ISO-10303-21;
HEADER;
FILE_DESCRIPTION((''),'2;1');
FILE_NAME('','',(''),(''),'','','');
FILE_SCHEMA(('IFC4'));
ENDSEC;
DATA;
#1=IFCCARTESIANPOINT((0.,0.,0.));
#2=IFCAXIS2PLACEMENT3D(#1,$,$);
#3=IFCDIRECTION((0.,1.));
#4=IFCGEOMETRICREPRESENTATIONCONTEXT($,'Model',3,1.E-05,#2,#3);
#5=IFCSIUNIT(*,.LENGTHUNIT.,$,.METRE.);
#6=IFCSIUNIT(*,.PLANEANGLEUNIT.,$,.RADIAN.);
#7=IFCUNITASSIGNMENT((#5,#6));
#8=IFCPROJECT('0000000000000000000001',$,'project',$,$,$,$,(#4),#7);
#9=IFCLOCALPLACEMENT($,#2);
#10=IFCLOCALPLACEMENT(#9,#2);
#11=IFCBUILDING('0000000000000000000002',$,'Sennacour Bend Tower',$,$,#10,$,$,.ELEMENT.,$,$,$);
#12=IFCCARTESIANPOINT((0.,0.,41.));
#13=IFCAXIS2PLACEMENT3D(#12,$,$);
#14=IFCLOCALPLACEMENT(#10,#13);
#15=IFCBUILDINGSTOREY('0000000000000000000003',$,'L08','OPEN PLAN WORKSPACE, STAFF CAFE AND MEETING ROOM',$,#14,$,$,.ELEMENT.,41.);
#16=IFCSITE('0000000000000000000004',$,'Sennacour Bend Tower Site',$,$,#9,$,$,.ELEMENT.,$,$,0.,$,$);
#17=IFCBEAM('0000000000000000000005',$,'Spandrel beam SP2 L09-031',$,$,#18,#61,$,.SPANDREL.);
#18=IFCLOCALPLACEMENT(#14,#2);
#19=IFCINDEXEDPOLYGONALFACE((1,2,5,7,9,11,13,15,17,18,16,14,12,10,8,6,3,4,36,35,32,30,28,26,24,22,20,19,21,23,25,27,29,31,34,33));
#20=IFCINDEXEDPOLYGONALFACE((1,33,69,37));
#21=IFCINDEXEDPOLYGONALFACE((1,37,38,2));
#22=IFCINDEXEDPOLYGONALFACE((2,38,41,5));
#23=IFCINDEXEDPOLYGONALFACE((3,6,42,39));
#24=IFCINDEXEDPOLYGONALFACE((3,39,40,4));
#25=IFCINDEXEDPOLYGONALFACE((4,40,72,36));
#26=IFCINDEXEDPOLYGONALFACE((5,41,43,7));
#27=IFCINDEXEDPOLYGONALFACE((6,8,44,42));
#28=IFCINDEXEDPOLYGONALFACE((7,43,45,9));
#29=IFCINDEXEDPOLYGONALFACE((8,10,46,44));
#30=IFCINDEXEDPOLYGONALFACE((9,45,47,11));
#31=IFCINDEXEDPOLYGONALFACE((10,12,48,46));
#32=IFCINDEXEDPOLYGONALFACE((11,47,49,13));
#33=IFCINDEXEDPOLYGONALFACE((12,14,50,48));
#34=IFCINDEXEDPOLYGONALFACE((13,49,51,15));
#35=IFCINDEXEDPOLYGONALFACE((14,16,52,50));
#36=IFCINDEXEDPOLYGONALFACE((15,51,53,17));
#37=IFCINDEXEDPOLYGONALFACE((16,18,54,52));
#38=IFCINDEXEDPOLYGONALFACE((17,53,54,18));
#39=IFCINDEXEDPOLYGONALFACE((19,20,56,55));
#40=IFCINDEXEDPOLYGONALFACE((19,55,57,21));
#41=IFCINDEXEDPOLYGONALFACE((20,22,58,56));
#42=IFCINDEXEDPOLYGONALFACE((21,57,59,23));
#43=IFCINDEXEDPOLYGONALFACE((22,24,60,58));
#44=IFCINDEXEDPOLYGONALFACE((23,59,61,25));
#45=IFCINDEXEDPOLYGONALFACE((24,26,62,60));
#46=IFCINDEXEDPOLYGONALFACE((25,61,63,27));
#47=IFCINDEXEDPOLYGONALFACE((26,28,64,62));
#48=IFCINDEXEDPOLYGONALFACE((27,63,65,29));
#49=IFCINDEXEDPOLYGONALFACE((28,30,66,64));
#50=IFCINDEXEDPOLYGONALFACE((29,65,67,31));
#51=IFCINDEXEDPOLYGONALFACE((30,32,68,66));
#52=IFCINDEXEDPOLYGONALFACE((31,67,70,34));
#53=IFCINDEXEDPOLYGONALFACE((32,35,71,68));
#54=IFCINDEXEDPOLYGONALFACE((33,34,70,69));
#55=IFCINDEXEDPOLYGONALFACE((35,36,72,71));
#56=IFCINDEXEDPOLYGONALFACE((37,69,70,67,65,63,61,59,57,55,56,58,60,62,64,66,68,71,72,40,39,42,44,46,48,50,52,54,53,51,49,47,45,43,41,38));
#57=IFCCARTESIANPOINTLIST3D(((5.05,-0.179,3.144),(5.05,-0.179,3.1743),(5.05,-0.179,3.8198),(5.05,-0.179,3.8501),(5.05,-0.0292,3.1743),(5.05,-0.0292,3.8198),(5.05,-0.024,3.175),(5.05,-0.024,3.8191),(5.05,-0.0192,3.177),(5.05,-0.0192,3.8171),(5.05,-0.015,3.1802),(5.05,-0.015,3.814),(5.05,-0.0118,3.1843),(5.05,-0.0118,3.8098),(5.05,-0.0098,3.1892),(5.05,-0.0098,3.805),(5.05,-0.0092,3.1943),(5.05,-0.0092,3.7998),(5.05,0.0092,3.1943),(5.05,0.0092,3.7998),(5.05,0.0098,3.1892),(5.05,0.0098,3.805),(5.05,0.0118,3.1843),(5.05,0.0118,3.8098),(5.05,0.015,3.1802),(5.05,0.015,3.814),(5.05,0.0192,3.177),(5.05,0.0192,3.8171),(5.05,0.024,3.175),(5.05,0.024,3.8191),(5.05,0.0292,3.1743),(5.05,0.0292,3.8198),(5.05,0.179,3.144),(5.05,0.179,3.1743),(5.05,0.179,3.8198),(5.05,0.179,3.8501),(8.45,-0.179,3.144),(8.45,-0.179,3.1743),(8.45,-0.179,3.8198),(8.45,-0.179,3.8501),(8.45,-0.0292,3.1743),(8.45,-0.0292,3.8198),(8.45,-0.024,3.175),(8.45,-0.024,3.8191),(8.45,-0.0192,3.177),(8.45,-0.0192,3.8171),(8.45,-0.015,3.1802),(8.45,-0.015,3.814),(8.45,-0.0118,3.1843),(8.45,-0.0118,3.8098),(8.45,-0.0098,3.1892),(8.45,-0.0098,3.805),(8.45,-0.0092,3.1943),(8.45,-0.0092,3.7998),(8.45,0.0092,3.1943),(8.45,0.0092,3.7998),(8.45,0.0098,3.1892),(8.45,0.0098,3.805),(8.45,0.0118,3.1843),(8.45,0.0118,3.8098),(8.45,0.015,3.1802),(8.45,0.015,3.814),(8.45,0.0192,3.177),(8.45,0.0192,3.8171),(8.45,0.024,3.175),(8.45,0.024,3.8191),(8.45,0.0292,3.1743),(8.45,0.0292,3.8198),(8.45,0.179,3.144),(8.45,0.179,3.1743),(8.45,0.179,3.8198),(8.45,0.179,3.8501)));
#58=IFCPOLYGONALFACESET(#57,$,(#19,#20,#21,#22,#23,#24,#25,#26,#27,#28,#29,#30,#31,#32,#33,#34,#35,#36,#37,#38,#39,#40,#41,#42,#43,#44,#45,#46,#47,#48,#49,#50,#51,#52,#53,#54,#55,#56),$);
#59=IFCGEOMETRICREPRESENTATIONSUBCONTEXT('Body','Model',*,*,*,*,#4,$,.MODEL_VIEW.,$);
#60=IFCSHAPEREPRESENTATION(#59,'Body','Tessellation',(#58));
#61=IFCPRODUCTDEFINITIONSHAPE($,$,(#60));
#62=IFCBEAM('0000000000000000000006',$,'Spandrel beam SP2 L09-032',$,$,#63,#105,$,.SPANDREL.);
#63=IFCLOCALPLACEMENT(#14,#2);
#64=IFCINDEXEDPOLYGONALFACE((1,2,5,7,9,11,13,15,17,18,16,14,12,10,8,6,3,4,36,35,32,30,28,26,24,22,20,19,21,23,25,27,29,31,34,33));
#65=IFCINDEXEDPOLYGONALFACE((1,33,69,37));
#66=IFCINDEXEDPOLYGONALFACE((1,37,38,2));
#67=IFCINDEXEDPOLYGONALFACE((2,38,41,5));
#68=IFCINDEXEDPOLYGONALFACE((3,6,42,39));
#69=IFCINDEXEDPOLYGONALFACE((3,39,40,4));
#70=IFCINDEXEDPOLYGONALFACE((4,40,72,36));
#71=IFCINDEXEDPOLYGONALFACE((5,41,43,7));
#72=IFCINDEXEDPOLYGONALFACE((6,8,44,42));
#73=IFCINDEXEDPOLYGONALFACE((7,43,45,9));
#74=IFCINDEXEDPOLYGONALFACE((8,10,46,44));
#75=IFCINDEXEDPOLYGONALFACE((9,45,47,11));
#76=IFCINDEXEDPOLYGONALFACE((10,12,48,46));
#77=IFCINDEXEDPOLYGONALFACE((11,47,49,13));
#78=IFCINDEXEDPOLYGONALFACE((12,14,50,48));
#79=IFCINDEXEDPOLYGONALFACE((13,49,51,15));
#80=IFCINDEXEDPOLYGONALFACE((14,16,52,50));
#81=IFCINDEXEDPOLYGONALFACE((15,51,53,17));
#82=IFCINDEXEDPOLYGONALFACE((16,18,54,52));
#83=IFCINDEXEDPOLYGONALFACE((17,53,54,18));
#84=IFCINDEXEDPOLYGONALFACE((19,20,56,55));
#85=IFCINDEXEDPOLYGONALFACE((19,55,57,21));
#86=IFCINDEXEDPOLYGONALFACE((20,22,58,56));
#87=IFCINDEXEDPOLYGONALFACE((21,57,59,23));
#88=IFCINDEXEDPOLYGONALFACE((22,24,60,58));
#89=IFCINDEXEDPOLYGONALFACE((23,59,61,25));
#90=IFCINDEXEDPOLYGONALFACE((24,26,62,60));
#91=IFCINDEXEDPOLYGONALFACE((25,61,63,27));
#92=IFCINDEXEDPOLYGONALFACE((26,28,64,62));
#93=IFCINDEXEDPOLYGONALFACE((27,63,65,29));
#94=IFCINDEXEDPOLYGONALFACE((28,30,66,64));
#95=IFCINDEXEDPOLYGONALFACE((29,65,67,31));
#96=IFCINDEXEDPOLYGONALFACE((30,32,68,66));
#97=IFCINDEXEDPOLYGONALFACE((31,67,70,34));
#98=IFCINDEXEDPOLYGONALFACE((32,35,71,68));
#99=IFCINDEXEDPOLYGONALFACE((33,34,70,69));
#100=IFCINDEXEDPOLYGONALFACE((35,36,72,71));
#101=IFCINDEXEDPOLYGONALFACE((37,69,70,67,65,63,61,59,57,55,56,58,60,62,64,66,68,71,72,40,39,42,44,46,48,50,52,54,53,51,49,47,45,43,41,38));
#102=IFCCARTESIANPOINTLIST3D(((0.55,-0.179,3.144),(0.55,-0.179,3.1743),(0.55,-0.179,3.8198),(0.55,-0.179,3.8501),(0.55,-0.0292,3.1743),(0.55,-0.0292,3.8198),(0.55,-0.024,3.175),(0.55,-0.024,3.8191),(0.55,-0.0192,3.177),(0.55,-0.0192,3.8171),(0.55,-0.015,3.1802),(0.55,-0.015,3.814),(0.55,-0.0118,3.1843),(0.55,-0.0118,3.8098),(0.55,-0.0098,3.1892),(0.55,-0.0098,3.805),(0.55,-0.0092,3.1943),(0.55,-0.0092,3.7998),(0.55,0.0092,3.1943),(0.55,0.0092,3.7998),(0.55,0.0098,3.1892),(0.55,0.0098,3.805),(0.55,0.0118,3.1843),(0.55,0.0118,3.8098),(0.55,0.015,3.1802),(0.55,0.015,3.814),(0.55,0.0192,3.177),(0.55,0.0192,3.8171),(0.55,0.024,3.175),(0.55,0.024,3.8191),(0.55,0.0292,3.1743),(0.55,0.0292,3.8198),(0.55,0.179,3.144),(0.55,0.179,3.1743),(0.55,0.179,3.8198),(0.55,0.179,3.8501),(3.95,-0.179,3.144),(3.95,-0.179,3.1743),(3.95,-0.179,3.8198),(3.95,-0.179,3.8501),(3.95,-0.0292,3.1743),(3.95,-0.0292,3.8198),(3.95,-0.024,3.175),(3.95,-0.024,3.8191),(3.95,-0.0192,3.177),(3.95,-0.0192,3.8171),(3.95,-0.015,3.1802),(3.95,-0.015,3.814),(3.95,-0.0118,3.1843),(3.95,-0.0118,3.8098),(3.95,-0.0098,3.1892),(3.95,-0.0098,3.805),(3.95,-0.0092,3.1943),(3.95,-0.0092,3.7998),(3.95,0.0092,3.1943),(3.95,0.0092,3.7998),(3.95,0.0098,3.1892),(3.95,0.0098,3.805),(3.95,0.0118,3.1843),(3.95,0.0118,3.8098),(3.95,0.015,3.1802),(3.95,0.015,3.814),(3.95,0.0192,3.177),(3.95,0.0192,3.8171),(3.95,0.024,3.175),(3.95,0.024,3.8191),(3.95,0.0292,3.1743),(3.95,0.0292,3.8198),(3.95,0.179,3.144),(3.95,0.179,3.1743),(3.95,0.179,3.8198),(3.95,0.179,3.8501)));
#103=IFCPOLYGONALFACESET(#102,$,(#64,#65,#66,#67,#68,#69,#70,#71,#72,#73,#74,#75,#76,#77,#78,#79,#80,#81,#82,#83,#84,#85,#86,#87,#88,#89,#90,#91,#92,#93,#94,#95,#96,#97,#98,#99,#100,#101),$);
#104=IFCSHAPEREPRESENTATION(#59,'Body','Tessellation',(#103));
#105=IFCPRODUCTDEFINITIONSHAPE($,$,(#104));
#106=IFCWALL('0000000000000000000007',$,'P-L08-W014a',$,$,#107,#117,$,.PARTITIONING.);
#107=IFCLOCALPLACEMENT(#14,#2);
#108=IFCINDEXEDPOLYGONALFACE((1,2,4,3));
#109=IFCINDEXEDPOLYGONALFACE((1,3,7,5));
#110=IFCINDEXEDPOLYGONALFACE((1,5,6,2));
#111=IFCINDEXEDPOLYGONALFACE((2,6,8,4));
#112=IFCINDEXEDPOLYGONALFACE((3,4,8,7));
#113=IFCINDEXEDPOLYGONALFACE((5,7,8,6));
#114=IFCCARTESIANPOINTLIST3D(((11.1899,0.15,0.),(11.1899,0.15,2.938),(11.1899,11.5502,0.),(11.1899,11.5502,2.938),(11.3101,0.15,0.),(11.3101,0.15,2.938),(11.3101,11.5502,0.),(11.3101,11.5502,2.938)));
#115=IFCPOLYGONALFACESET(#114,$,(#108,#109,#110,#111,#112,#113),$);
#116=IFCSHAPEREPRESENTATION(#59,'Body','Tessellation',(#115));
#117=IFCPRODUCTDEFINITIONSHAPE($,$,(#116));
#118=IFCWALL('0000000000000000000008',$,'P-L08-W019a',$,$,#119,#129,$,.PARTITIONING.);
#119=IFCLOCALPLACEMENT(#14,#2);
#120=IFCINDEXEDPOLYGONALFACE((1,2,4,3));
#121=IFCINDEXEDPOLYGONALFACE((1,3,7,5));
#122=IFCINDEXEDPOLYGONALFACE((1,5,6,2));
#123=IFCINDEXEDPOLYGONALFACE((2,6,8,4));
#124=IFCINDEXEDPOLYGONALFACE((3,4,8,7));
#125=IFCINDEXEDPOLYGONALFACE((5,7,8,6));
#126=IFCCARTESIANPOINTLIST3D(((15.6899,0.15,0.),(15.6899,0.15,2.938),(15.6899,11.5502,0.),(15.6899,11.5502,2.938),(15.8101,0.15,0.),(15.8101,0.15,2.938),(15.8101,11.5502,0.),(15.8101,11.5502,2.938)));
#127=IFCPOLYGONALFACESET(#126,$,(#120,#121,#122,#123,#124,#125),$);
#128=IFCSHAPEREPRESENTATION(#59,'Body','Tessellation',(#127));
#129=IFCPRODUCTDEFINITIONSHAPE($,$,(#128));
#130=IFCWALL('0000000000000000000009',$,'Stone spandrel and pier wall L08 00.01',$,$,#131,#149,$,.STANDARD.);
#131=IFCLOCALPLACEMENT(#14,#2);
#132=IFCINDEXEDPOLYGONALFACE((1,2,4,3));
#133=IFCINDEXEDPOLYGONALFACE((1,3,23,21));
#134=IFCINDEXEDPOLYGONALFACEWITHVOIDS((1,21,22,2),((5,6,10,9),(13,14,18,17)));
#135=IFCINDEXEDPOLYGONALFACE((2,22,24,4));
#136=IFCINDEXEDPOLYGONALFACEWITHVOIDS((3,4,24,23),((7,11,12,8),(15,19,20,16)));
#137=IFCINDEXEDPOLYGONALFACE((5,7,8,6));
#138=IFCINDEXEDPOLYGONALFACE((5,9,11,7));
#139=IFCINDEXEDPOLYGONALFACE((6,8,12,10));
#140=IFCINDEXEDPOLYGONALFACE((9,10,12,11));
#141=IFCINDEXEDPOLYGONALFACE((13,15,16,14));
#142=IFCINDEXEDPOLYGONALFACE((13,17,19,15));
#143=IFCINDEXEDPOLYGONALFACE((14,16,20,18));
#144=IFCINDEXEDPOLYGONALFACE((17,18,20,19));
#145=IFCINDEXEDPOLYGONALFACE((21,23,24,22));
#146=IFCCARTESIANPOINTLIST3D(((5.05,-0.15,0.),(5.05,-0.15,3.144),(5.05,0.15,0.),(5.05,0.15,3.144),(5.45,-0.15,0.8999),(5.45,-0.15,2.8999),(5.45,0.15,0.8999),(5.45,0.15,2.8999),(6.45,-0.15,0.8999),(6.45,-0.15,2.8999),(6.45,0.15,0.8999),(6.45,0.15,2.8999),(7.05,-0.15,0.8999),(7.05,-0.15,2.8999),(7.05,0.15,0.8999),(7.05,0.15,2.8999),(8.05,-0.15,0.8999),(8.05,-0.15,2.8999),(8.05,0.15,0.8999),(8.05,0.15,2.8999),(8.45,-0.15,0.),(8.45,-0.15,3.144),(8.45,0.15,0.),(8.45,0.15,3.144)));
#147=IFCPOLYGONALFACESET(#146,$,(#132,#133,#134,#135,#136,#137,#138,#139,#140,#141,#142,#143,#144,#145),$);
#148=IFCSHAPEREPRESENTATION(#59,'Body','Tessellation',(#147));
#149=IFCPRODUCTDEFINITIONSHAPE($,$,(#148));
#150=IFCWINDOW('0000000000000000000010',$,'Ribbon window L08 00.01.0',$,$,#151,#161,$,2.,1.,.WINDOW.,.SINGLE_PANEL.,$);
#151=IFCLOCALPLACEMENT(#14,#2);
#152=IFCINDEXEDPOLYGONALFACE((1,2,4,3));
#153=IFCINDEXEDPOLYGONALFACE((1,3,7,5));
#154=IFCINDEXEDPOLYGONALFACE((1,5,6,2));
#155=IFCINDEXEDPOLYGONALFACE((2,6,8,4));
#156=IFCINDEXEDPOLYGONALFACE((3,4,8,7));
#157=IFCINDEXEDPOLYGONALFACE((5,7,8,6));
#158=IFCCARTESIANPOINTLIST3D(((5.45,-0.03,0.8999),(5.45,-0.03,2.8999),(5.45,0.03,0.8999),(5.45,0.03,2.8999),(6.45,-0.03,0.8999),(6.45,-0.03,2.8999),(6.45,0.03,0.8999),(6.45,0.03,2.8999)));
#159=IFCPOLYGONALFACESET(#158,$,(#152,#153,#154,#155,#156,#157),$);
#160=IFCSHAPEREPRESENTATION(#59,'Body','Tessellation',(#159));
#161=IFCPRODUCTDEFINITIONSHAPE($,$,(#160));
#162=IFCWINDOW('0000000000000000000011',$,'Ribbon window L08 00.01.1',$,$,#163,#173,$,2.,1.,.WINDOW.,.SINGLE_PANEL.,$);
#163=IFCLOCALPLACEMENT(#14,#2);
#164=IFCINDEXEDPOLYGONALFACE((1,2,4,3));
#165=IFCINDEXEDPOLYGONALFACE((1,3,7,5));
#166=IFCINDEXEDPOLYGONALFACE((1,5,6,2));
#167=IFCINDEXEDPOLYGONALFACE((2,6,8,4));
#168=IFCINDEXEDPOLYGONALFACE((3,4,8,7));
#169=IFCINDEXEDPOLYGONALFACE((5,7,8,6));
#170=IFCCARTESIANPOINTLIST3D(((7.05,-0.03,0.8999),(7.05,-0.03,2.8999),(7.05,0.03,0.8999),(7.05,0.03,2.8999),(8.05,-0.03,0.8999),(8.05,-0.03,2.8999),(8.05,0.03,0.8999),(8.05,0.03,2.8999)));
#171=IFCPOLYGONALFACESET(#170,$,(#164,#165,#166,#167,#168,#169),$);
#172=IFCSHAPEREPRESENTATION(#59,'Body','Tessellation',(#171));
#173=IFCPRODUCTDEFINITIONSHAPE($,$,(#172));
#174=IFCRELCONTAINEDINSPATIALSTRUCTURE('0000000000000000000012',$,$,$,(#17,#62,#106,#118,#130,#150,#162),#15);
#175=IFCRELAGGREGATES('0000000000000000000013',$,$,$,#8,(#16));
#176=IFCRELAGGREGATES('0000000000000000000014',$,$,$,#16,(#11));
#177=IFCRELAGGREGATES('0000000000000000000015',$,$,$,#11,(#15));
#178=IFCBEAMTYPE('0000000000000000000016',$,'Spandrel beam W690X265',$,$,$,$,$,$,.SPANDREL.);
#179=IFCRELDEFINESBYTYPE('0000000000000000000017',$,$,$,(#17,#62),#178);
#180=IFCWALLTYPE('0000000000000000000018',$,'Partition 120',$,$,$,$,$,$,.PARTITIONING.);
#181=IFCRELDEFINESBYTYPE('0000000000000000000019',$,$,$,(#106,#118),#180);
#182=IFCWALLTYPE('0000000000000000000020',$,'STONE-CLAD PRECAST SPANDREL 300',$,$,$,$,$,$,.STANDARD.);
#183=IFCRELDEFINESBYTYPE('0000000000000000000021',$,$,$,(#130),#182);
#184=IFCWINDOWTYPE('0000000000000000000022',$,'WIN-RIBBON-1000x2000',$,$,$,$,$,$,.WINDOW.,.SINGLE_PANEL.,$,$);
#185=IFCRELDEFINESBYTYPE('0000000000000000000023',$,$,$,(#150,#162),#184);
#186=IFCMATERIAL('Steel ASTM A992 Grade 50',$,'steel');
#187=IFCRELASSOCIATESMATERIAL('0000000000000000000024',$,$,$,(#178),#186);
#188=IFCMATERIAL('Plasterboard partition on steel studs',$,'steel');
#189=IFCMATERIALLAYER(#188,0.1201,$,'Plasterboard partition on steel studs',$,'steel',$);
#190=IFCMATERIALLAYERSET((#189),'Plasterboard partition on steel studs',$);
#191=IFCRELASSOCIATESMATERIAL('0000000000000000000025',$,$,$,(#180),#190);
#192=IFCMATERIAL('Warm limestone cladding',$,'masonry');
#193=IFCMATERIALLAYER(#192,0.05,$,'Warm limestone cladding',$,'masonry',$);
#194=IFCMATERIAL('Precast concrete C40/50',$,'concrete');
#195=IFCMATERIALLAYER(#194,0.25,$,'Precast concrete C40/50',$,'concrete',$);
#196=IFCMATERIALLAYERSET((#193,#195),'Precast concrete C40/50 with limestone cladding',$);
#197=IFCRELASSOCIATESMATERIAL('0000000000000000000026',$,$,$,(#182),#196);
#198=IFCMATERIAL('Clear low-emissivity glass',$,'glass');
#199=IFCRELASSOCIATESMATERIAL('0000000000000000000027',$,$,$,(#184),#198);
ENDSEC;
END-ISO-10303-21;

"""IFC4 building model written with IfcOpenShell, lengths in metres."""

from ifc_helpers import new_model, si_unit, direction, frame, frame_2d, origin, origin_2d, place, context, subcontext, project, spatial, rectangle, i_section, extrude, material, layer, layer_set, material_profile, profile_set, type_object, element, fill, save


model = new_model("IFC4")

# Units and contexts
model_context = context("Model", 3, precision=1e-05, world=origin(), true_north=direction((0.0, 1.0)))
body_context = subcontext(model_context, "Body", "Model", "MODEL_VIEW")
ifc_project = project(units=[si_unit("LENGTHUNIT", "METRE"), si_unit("PLANEANGLEUNIT", "RADIAN")], contexts=[model_context])

# Site, building, storey
site_placement = place(None, origin())
site = spatial("IfcSite", under=ifc_project, at=site_placement, Name="Sennacour Bend Tower Site", CompositionType="ELEMENT", RefElevation=0.0)
building_placement = place(site_placement, origin())
building = spatial("IfcBuilding", under=site, at=building_placement, Name="Sennacour Bend Tower", CompositionType="ELEMENT")
storey_placement = place(building_placement, frame((0.0, 0.0, 41.0)))
storey = spatial("IfcBuildingStorey", under=building, at=storey_placement, Name="L08", Description="OPEN PLAN WORKSPACE, STAFF CAFE AND MEETING ROOM", CompositionType="ELEMENT", Elevation=41.0)

# Beams
ifc_material_1 = material(Name="Steel ASTM A992 Grade 50", Category="steel")
ifc_material_profile_1 = material_profile(ifc_material_1, i_section(OverallWidth=0.3579, OverallDepth=0.7061, WebThickness=0.0183, FlangeThickness=0.0303, FilletRadius=0.02, at=origin_2d()), Name="Steel ASTM A992 Grade 50", Category="steel")
ifc_profile_set_1 = profile_set([ifc_material_profile_1], Name="Steel ASTM A992 Grade 50")
beam_type_1 = type_object("IfcBeamType", Name="Spandrel beam W690X265", PredefinedType="SPANDREL", material=ifc_profile_set_1)
for number, where, z_axis, x_axis, name in (
    (1, (8.45, 0.0, 3.4971), (-1.0, 0.0, 0.0), (0.0, -1.0, 0.0), "Spandrel beam SP2 L09-031"),
    (2, (3.95, 0.0, 3.4971), (-1.0, 0.0, 0.0), (0.0, -1.0, 0.0), "Spandrel beam SP2 L09-032"),
):
    element("IfcBeam", number, at=place(storey_placement, frame(where, z_axis=z_axis, x_axis=x_axis)), inside=storey, type_object=beam_type_1, Name=name, PredefinedType="SPANDREL", context=body_context, shape_type="SweptSolid", body=[
        extrude(i_section(OverallWidth=0.3579, OverallDepth=0.7061, WebThickness=0.0183, FlangeThickness=0.0303, FilletRadius=0.02, at=origin_2d()), origin(), (0.0, 0.0, 1.0), 3.3999),
    ])

# Walls
ifc_material_2 = material(Name="Plasterboard partition on steel studs", Category="steel")
ifc_layer_1 = layer(ifc_material_2, 0.1201, Name="Plasterboard partition on steel studs", Category="steel")
ifc_layer_set_1 = layer_set([ifc_layer_1], Name="Plasterboard partition on steel studs")
wall_type_1 = type_object("IfcWallType", Name="Partition 120", PredefinedType="PARTITIONING", material=ifc_layer_set_1)
for number, where, z_axis, x_axis, name in (
    (3, (11.25, 0.1499, 0.0), (0.0, 0.0, 1.0), (0.0, 1.0, 0.0), "P-L08-W014a"),
    (4, (15.75, 0.1499, 0.0), (0.0, 0.0, 1.0), (0.0, 1.0, 0.0), "P-L08-W019a"),
):
    element("IfcWall", number, at=place(storey_placement, frame(where, z_axis=z_axis, x_axis=x_axis)), inside=storey, type_object=wall_type_1, Name=name, PredefinedType="PARTITIONING", context=body_context, shape_type="SweptSolid", body=[
        extrude(rectangle(XDim=11.4001, YDim=0.1201, at=frame_2d((5.7002, 0.0))), origin(), (0.0, 0.0, 1.0), 2.938),
    ])

# Wall, openings, windows
ifc_material_3 = material(Name="Warm limestone cladding", Category="masonry")
ifc_layer_2 = layer(ifc_material_3, 0.05, Name="Warm limestone cladding", Category="masonry")
ifc_material_4 = material(Name="Precast concrete C40/50", Category="concrete")
ifc_layer_3 = layer(ifc_material_4, 0.25, Name="Precast concrete C40/50", Category="concrete")
ifc_layer_set_2 = layer_set([ifc_layer_2, ifc_layer_3], Name="Precast concrete C40/50 with limestone cladding")
wall_type_2 = type_object("IfcWallType", Name="STONE-CLAD PRECAST SPANDREL 300", PredefinedType="STANDARD", material=ifc_layer_set_2)
wall_1_placement = place(storey_placement, frame((5.05, 0.0, 0.0), z_axis=(0.0, 0.0, 1.0), x_axis=(1.0, 0.0, 0.0)))
wall_1 = element("IfcWall", 5, at=wall_1_placement, inside=storey, type_object=wall_type_2, Name="Stone spandrel and pier wall L08 00.01", PredefinedType="STANDARD", context=body_context, shape_type="SweptSolid", body=[
    extrude(rectangle(XDim=3.3999, YDim=0.3, at=frame_2d((1.7, 0.0))), origin(), (0.0, 0.0, 1.0), 3.144),
])
opening_1_placement = place(wall_1_placement, frame((0.3999, 0.0, 0.8999)))
opening_1 = element("IfcOpeningElement", 6, at=opening_1_placement, cuts=wall_1, PredefinedType="OPENING", context=body_context, shape_type="SweptSolid", body=[
    extrude(rectangle(XDim=1.0, YDim=2.0, at=frame_2d((0.5, 1.0))), frame((0.0, 0.1602, 0.0), z_axis=(0.0, -1.0, 0.0), x_axis=(1.0, 0.0, 0.0)), (0.0, 0.0, 1.0), 0.3201),
])
opening_2_placement = place(wall_1_placement, frame((2.0, 0.0, 0.8999)))
opening_2 = element("IfcOpeningElement", 7, at=opening_2_placement, cuts=wall_1, PredefinedType="OPENING", context=body_context, shape_type="SweptSolid", body=[
    extrude(rectangle(XDim=1.0, YDim=2.0, at=frame_2d((0.5, 1.0))), frame((0.0, 0.1602, 0.0), z_axis=(0.0, -1.0, 0.0), x_axis=(1.0, 0.0, 0.0)), (0.0, 0.0, 1.0), 0.3201),
])
ifc_material_5 = material(Name="Clear low-emissivity glass", Category="glass")
window_type = type_object("IfcWindowType", Name="WIN-RIBBON-1000x2000", PartitioningType="SINGLE_PANEL", PredefinedType="WINDOW", material=ifc_material_5)
window_1_placement = place(opening_1_placement, origin())
window_1 = element("IfcWindow", 8, at=window_1_placement, inside=storey, type_object=window_type, Name="Ribbon window L08 00.01.0", OverallHeight=2.0, OverallWidth=1.0, PartitioningType="SINGLE_PANEL", PredefinedType="WINDOW", context=body_context, shape_type="SweptSolid", body=[
    extrude(rectangle(XDim=1.0, YDim=2.0, at=frame_2d((0.5, 1.0))), frame((0.0, 0.03, 0.0), z_axis=(0.0, -1.0, 0.0), x_axis=(1.0, 0.0, 0.0)), (0.0, 0.0, 1.0), 0.0601),
])
fill(opening_1, window_1)
window_2_placement = place(opening_2_placement, origin())
window_2 = element("IfcWindow", 9, at=window_2_placement, inside=storey, type_object=window_type, Name="Ribbon window L08 00.01.1", OverallHeight=2.0, OverallWidth=1.0, PartitioningType="SINGLE_PANEL", PredefinedType="WINDOW", context=body_context, shape_type="SweptSolid", body=[
    extrude(rectangle(XDim=1.0, YDim=2.0, at=frame_2d((0.5, 1.0))), frame((0.0, 0.03, 0.0), z_axis=(0.0, -1.0, 0.0), x_axis=(1.0, 0.0, 0.0)), (0.0, 0.0, 1.0), 0.0601),
])
fill(opening_2, window_2)

save(model, "model.ifc")
